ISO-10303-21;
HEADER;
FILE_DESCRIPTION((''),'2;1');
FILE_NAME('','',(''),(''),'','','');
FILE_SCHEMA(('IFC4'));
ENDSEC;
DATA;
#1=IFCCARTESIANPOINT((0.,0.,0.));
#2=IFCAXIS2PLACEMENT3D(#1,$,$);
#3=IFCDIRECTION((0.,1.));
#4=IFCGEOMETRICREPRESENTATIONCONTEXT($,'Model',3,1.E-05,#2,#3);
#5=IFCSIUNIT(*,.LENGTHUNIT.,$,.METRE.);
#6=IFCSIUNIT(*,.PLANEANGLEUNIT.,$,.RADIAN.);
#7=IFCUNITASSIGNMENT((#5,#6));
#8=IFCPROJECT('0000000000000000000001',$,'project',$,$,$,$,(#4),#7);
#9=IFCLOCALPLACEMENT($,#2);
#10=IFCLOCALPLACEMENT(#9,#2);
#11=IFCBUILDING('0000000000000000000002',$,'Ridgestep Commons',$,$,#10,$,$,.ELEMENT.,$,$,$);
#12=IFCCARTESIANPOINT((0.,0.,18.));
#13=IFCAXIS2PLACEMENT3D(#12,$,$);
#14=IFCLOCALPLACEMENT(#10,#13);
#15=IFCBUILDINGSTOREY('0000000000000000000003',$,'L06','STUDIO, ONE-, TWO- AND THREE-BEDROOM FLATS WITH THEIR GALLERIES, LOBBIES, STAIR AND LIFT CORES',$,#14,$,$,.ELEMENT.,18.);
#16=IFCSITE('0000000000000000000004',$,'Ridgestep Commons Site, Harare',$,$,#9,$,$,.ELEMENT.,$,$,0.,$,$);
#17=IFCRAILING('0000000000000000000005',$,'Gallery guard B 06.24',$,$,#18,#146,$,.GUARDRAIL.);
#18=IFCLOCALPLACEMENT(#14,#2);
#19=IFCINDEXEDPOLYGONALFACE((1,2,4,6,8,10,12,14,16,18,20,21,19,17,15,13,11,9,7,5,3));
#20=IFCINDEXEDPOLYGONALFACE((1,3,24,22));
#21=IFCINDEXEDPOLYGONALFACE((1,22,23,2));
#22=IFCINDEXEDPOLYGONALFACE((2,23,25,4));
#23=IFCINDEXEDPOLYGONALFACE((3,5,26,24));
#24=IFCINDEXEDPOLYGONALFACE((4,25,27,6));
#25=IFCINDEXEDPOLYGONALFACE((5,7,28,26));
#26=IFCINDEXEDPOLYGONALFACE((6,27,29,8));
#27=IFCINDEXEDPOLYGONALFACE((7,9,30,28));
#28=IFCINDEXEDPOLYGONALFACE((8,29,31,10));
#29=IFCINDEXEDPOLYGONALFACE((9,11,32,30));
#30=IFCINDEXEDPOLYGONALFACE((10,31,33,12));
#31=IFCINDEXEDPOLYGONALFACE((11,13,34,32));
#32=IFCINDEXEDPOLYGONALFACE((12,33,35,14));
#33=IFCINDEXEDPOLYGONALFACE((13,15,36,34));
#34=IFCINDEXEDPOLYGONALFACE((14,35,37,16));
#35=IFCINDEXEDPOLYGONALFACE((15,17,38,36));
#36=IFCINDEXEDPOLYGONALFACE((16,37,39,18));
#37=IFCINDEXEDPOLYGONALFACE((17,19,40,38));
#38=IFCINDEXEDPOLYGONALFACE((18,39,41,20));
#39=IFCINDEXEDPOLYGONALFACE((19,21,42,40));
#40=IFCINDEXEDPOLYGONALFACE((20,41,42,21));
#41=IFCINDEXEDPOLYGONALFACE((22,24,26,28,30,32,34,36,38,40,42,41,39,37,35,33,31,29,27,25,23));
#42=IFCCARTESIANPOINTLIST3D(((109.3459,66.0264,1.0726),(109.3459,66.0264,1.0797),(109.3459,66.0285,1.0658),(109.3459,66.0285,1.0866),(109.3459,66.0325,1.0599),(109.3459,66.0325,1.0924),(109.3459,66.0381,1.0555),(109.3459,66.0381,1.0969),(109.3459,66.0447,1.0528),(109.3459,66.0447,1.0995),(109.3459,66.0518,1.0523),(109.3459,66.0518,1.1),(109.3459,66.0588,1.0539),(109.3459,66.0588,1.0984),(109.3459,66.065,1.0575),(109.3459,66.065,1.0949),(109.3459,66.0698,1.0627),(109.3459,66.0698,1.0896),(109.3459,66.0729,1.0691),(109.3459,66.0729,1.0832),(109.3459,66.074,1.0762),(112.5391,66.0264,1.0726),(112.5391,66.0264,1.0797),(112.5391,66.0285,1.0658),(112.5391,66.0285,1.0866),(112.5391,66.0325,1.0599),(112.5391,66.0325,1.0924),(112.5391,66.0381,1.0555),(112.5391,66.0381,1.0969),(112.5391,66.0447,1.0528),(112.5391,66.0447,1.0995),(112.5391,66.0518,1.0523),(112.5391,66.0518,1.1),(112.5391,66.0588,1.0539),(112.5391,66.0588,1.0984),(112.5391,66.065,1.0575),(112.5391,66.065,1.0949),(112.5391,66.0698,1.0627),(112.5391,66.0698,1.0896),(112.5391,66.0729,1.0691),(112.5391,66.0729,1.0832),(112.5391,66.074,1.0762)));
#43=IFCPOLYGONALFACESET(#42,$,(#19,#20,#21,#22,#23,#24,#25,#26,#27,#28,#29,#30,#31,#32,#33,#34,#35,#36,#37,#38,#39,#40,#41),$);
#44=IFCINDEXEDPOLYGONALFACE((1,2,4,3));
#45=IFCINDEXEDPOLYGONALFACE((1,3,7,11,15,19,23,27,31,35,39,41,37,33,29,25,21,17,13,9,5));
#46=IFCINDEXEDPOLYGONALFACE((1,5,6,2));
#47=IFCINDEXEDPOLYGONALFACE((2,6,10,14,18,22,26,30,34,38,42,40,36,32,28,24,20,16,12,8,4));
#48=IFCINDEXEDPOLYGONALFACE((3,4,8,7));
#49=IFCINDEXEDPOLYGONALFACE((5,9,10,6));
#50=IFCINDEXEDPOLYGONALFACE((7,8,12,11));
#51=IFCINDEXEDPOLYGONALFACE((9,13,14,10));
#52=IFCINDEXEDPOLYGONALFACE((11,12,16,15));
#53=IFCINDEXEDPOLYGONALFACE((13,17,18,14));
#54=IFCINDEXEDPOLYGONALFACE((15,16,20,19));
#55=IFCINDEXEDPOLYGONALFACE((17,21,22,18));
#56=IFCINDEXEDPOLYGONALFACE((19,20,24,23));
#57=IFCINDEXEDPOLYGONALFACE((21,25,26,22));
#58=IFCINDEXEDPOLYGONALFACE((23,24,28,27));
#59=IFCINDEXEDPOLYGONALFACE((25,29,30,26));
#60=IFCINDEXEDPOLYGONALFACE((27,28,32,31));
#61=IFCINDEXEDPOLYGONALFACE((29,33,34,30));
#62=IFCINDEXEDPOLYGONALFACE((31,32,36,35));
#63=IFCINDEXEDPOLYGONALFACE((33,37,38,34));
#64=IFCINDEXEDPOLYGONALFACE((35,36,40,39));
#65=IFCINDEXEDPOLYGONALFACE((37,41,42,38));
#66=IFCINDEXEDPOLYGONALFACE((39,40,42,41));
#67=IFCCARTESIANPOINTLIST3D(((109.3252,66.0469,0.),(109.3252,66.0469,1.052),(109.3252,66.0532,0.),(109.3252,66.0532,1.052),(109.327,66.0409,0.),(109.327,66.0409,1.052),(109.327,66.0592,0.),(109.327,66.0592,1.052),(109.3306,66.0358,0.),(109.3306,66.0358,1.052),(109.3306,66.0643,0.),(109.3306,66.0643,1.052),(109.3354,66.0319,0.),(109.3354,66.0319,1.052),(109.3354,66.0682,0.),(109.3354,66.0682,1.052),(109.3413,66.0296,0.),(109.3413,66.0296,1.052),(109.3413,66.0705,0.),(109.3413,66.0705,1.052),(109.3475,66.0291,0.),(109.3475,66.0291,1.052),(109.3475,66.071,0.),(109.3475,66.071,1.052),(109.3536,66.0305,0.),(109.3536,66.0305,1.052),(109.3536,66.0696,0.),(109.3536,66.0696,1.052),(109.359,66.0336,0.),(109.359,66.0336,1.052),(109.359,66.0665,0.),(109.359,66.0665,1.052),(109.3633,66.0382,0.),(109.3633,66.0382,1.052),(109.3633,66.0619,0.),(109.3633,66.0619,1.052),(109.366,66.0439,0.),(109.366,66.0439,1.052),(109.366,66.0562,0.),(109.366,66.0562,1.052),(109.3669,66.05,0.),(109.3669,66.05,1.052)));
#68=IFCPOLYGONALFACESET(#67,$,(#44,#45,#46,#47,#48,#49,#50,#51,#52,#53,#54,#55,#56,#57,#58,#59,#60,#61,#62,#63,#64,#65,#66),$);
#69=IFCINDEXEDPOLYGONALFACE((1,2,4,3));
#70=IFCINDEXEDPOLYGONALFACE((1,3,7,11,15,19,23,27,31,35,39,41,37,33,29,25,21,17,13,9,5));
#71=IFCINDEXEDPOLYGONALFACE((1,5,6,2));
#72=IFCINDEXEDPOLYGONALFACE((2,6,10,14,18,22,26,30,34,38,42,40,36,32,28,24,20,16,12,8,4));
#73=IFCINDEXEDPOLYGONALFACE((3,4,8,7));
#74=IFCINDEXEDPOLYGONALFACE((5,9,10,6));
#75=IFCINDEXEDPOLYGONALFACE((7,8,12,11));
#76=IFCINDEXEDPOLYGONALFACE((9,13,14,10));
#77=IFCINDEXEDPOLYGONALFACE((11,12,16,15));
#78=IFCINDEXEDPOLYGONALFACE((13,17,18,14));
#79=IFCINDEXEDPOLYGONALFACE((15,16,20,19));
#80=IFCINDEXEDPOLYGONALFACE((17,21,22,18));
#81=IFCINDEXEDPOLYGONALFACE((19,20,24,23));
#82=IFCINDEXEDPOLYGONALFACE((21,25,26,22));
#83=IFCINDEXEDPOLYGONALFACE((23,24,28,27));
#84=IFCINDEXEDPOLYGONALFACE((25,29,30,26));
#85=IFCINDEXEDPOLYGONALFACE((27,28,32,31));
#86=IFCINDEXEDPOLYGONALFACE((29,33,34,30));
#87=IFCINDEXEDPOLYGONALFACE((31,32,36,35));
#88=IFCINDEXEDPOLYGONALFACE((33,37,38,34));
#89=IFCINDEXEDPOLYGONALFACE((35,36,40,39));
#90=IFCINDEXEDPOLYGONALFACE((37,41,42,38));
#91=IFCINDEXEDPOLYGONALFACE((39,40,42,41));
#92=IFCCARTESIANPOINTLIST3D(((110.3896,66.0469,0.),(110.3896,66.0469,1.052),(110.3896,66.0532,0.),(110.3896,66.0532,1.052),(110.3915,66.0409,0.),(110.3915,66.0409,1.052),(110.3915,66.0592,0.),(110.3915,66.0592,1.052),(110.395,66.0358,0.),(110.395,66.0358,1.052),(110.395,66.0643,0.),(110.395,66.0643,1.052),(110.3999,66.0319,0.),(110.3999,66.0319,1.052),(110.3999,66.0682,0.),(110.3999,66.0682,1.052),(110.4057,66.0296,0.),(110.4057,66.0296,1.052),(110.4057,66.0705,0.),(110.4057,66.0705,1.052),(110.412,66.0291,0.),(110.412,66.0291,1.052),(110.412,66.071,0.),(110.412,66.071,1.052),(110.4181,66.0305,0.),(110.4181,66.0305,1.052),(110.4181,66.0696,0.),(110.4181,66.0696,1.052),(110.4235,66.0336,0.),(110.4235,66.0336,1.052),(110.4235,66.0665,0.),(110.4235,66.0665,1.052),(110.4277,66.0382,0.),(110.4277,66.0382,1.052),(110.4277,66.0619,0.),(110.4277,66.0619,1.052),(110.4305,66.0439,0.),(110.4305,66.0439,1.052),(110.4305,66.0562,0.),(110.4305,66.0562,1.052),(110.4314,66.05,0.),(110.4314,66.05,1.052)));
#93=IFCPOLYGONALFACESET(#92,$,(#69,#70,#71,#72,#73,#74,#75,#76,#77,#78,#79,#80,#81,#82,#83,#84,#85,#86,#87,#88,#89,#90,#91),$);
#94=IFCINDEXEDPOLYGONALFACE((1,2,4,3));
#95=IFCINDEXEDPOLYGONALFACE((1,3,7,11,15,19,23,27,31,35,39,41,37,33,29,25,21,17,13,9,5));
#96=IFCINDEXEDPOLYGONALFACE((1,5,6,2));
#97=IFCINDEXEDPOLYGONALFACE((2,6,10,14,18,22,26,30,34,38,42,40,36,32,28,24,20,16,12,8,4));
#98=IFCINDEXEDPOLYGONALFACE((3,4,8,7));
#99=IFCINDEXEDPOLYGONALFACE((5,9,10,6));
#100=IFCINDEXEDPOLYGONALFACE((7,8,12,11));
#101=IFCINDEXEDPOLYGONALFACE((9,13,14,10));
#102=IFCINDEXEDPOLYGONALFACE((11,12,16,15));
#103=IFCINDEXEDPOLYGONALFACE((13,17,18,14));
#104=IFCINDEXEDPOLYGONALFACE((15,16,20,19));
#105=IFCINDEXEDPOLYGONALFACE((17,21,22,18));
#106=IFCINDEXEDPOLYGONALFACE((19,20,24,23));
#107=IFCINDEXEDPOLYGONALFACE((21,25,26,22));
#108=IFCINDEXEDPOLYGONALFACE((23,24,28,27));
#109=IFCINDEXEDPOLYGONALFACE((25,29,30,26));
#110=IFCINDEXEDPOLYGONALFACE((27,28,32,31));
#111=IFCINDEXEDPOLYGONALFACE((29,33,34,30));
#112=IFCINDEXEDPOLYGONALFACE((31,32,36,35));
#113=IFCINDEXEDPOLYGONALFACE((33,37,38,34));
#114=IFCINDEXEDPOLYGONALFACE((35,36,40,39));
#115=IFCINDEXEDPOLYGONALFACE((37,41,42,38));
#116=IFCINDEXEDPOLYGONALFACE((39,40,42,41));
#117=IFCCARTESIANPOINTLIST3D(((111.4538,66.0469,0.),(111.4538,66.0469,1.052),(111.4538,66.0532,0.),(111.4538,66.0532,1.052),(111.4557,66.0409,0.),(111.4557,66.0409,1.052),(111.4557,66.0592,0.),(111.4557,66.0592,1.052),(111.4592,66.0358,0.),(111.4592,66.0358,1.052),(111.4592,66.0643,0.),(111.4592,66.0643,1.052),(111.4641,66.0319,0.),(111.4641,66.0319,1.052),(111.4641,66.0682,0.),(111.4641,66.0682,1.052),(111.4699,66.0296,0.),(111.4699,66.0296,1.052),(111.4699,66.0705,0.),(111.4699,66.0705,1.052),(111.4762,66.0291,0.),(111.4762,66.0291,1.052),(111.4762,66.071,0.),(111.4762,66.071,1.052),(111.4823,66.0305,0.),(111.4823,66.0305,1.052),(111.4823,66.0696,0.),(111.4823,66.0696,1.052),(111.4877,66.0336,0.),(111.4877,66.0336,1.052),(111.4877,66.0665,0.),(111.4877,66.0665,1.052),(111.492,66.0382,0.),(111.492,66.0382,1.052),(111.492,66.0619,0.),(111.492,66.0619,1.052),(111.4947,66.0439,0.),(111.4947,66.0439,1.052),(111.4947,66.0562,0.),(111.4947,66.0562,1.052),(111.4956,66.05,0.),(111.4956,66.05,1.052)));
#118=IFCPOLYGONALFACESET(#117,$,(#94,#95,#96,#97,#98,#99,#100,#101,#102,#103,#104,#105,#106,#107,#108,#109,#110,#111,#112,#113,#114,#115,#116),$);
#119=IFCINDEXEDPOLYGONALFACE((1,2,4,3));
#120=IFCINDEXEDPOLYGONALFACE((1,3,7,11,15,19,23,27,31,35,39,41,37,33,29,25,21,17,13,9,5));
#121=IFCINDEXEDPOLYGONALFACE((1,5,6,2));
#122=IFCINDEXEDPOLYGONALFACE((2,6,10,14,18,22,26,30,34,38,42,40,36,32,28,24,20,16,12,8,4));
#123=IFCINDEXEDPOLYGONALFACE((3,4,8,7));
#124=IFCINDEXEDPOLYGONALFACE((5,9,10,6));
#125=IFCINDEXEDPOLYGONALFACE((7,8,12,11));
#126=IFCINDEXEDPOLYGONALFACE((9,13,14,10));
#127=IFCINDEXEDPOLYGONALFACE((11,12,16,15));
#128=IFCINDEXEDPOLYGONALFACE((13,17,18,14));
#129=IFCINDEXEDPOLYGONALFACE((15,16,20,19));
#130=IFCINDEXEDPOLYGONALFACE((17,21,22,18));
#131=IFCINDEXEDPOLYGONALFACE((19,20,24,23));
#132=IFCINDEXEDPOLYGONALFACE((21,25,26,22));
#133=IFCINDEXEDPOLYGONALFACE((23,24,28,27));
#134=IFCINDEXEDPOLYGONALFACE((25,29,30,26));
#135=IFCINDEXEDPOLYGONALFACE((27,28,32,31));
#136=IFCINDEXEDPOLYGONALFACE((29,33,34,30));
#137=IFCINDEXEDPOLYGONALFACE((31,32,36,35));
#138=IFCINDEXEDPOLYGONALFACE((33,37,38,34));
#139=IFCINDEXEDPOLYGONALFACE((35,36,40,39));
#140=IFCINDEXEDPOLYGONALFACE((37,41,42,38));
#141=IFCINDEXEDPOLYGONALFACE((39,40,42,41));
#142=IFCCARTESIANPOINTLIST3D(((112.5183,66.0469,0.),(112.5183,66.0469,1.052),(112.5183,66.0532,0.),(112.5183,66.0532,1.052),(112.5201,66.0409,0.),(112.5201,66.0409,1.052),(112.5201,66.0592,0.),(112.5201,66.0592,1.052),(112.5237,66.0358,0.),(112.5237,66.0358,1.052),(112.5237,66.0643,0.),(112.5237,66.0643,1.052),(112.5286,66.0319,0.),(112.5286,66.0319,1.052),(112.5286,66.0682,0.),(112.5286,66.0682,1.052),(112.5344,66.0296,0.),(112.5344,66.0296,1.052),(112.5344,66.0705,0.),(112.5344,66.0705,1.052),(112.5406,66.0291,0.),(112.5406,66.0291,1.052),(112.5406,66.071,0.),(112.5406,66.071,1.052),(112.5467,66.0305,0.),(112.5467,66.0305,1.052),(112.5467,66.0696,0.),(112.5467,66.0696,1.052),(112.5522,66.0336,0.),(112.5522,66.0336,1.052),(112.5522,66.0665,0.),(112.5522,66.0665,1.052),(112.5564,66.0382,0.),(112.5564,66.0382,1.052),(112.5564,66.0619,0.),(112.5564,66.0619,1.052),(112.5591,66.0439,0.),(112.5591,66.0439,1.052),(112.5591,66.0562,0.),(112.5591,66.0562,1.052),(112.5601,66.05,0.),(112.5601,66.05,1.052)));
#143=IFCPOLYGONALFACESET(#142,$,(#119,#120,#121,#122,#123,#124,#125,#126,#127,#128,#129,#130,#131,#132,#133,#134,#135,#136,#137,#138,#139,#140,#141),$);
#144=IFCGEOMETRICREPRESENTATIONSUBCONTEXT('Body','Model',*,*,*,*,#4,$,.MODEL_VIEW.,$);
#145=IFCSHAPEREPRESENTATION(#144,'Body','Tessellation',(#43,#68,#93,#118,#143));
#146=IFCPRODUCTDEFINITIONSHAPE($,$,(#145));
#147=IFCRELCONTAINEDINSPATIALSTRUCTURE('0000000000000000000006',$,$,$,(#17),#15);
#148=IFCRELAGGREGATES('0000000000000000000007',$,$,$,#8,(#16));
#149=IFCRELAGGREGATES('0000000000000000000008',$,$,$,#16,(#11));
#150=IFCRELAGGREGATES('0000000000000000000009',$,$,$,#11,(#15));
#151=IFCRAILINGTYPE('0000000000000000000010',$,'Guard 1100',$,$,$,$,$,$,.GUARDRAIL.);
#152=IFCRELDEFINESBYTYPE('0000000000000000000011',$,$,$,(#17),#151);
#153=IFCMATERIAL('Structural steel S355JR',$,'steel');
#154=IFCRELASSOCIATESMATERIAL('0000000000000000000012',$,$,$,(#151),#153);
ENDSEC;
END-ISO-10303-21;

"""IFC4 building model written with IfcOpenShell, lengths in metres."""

from ifc_helpers import new_model, si_unit, direction, frame, origin, origin_2d, place, context, subcontext, project, spatial, circle, extrude, material, type_object, element, save


model = new_model("IFC4")

# Units and contexts
model_context = context("Model", 3, precision=1e-05, world=origin(), true_north=direction((0.0, 1.0)))
body_context = subcontext(model_context, "Body", "Model", "MODEL_VIEW")
ifc_project = project(units=[si_unit("LENGTHUNIT", "METRE"), si_unit("PLANEANGLEUNIT", "RADIAN")], contexts=[model_context])

# Site, building, storey
site_placement = place(None, origin())
site = spatial("IfcSite", under=ifc_project, at=site_placement, Name="Ridgestep Commons Site, Harare", CompositionType="ELEMENT", RefElevation=0.0)
building_placement = place(site_placement, origin())
building = spatial("IfcBuilding", under=site, at=building_placement, Name="Ridgestep Commons", CompositionType="ELEMENT")
storey_placement = place(building_placement, frame((0.0, 0.0, 18.0)))
storey = spatial("IfcBuildingStorey", under=building, at=storey_placement, Name="L06", Description="STUDIO, ONE-, TWO- AND THREE-BEDROOM FLATS WITH THEIR GALLERIES, LOBBIES, STAIR AND LIFT CORES", CompositionType="ELEMENT", Elevation=18.0)

# Railing
ifc_material_1 = material(Name="Structural steel S355JR", Category="steel")
railing_type = type_object("IfcRailingType", Name="Guard 1100", PredefinedType="GUARDRAIL", material=ifc_material_1)
railing_1_placement = place(storey_placement, frame((109.3459, 66.05, 0.0)))
element("IfcRailing", 1, at=railing_1_placement, inside=storey, type_object=railing_type, Name="Gallery guard B 06.24", PredefinedType="GUARDRAIL", context=body_context, shape_type="SweptSolid", body=[
    extrude(circle(Radius=0.0239, at=origin_2d()), frame((0.0, 0.0, 1.0762), z_axis=(1.0, 0.0, 0.0), x_axis=(0.0, 1.0, 0.0)), (0.0, 0.0, 1.0), 3.1931),
    extrude(circle(Radius=0.021, at=origin_2d()), origin(), (0.0, 0.0, 1.0), 1.052),
    extrude(circle(Radius=0.021, at=origin_2d()), frame((1.0645, 0.0, 0.0)), (0.0, 0.0, 1.0), 1.052),
    extrude(circle(Radius=0.021, at=origin_2d()), frame((2.1287, 0.0, 0.0)), (0.0, 0.0, 1.0), 1.052),
    extrude(circle(Radius=0.021, at=origin_2d()), frame((3.1931, 0.0, 0.0)), (0.0, 0.0, 1.0), 1.052),
])

save(model, "model.ifc")
